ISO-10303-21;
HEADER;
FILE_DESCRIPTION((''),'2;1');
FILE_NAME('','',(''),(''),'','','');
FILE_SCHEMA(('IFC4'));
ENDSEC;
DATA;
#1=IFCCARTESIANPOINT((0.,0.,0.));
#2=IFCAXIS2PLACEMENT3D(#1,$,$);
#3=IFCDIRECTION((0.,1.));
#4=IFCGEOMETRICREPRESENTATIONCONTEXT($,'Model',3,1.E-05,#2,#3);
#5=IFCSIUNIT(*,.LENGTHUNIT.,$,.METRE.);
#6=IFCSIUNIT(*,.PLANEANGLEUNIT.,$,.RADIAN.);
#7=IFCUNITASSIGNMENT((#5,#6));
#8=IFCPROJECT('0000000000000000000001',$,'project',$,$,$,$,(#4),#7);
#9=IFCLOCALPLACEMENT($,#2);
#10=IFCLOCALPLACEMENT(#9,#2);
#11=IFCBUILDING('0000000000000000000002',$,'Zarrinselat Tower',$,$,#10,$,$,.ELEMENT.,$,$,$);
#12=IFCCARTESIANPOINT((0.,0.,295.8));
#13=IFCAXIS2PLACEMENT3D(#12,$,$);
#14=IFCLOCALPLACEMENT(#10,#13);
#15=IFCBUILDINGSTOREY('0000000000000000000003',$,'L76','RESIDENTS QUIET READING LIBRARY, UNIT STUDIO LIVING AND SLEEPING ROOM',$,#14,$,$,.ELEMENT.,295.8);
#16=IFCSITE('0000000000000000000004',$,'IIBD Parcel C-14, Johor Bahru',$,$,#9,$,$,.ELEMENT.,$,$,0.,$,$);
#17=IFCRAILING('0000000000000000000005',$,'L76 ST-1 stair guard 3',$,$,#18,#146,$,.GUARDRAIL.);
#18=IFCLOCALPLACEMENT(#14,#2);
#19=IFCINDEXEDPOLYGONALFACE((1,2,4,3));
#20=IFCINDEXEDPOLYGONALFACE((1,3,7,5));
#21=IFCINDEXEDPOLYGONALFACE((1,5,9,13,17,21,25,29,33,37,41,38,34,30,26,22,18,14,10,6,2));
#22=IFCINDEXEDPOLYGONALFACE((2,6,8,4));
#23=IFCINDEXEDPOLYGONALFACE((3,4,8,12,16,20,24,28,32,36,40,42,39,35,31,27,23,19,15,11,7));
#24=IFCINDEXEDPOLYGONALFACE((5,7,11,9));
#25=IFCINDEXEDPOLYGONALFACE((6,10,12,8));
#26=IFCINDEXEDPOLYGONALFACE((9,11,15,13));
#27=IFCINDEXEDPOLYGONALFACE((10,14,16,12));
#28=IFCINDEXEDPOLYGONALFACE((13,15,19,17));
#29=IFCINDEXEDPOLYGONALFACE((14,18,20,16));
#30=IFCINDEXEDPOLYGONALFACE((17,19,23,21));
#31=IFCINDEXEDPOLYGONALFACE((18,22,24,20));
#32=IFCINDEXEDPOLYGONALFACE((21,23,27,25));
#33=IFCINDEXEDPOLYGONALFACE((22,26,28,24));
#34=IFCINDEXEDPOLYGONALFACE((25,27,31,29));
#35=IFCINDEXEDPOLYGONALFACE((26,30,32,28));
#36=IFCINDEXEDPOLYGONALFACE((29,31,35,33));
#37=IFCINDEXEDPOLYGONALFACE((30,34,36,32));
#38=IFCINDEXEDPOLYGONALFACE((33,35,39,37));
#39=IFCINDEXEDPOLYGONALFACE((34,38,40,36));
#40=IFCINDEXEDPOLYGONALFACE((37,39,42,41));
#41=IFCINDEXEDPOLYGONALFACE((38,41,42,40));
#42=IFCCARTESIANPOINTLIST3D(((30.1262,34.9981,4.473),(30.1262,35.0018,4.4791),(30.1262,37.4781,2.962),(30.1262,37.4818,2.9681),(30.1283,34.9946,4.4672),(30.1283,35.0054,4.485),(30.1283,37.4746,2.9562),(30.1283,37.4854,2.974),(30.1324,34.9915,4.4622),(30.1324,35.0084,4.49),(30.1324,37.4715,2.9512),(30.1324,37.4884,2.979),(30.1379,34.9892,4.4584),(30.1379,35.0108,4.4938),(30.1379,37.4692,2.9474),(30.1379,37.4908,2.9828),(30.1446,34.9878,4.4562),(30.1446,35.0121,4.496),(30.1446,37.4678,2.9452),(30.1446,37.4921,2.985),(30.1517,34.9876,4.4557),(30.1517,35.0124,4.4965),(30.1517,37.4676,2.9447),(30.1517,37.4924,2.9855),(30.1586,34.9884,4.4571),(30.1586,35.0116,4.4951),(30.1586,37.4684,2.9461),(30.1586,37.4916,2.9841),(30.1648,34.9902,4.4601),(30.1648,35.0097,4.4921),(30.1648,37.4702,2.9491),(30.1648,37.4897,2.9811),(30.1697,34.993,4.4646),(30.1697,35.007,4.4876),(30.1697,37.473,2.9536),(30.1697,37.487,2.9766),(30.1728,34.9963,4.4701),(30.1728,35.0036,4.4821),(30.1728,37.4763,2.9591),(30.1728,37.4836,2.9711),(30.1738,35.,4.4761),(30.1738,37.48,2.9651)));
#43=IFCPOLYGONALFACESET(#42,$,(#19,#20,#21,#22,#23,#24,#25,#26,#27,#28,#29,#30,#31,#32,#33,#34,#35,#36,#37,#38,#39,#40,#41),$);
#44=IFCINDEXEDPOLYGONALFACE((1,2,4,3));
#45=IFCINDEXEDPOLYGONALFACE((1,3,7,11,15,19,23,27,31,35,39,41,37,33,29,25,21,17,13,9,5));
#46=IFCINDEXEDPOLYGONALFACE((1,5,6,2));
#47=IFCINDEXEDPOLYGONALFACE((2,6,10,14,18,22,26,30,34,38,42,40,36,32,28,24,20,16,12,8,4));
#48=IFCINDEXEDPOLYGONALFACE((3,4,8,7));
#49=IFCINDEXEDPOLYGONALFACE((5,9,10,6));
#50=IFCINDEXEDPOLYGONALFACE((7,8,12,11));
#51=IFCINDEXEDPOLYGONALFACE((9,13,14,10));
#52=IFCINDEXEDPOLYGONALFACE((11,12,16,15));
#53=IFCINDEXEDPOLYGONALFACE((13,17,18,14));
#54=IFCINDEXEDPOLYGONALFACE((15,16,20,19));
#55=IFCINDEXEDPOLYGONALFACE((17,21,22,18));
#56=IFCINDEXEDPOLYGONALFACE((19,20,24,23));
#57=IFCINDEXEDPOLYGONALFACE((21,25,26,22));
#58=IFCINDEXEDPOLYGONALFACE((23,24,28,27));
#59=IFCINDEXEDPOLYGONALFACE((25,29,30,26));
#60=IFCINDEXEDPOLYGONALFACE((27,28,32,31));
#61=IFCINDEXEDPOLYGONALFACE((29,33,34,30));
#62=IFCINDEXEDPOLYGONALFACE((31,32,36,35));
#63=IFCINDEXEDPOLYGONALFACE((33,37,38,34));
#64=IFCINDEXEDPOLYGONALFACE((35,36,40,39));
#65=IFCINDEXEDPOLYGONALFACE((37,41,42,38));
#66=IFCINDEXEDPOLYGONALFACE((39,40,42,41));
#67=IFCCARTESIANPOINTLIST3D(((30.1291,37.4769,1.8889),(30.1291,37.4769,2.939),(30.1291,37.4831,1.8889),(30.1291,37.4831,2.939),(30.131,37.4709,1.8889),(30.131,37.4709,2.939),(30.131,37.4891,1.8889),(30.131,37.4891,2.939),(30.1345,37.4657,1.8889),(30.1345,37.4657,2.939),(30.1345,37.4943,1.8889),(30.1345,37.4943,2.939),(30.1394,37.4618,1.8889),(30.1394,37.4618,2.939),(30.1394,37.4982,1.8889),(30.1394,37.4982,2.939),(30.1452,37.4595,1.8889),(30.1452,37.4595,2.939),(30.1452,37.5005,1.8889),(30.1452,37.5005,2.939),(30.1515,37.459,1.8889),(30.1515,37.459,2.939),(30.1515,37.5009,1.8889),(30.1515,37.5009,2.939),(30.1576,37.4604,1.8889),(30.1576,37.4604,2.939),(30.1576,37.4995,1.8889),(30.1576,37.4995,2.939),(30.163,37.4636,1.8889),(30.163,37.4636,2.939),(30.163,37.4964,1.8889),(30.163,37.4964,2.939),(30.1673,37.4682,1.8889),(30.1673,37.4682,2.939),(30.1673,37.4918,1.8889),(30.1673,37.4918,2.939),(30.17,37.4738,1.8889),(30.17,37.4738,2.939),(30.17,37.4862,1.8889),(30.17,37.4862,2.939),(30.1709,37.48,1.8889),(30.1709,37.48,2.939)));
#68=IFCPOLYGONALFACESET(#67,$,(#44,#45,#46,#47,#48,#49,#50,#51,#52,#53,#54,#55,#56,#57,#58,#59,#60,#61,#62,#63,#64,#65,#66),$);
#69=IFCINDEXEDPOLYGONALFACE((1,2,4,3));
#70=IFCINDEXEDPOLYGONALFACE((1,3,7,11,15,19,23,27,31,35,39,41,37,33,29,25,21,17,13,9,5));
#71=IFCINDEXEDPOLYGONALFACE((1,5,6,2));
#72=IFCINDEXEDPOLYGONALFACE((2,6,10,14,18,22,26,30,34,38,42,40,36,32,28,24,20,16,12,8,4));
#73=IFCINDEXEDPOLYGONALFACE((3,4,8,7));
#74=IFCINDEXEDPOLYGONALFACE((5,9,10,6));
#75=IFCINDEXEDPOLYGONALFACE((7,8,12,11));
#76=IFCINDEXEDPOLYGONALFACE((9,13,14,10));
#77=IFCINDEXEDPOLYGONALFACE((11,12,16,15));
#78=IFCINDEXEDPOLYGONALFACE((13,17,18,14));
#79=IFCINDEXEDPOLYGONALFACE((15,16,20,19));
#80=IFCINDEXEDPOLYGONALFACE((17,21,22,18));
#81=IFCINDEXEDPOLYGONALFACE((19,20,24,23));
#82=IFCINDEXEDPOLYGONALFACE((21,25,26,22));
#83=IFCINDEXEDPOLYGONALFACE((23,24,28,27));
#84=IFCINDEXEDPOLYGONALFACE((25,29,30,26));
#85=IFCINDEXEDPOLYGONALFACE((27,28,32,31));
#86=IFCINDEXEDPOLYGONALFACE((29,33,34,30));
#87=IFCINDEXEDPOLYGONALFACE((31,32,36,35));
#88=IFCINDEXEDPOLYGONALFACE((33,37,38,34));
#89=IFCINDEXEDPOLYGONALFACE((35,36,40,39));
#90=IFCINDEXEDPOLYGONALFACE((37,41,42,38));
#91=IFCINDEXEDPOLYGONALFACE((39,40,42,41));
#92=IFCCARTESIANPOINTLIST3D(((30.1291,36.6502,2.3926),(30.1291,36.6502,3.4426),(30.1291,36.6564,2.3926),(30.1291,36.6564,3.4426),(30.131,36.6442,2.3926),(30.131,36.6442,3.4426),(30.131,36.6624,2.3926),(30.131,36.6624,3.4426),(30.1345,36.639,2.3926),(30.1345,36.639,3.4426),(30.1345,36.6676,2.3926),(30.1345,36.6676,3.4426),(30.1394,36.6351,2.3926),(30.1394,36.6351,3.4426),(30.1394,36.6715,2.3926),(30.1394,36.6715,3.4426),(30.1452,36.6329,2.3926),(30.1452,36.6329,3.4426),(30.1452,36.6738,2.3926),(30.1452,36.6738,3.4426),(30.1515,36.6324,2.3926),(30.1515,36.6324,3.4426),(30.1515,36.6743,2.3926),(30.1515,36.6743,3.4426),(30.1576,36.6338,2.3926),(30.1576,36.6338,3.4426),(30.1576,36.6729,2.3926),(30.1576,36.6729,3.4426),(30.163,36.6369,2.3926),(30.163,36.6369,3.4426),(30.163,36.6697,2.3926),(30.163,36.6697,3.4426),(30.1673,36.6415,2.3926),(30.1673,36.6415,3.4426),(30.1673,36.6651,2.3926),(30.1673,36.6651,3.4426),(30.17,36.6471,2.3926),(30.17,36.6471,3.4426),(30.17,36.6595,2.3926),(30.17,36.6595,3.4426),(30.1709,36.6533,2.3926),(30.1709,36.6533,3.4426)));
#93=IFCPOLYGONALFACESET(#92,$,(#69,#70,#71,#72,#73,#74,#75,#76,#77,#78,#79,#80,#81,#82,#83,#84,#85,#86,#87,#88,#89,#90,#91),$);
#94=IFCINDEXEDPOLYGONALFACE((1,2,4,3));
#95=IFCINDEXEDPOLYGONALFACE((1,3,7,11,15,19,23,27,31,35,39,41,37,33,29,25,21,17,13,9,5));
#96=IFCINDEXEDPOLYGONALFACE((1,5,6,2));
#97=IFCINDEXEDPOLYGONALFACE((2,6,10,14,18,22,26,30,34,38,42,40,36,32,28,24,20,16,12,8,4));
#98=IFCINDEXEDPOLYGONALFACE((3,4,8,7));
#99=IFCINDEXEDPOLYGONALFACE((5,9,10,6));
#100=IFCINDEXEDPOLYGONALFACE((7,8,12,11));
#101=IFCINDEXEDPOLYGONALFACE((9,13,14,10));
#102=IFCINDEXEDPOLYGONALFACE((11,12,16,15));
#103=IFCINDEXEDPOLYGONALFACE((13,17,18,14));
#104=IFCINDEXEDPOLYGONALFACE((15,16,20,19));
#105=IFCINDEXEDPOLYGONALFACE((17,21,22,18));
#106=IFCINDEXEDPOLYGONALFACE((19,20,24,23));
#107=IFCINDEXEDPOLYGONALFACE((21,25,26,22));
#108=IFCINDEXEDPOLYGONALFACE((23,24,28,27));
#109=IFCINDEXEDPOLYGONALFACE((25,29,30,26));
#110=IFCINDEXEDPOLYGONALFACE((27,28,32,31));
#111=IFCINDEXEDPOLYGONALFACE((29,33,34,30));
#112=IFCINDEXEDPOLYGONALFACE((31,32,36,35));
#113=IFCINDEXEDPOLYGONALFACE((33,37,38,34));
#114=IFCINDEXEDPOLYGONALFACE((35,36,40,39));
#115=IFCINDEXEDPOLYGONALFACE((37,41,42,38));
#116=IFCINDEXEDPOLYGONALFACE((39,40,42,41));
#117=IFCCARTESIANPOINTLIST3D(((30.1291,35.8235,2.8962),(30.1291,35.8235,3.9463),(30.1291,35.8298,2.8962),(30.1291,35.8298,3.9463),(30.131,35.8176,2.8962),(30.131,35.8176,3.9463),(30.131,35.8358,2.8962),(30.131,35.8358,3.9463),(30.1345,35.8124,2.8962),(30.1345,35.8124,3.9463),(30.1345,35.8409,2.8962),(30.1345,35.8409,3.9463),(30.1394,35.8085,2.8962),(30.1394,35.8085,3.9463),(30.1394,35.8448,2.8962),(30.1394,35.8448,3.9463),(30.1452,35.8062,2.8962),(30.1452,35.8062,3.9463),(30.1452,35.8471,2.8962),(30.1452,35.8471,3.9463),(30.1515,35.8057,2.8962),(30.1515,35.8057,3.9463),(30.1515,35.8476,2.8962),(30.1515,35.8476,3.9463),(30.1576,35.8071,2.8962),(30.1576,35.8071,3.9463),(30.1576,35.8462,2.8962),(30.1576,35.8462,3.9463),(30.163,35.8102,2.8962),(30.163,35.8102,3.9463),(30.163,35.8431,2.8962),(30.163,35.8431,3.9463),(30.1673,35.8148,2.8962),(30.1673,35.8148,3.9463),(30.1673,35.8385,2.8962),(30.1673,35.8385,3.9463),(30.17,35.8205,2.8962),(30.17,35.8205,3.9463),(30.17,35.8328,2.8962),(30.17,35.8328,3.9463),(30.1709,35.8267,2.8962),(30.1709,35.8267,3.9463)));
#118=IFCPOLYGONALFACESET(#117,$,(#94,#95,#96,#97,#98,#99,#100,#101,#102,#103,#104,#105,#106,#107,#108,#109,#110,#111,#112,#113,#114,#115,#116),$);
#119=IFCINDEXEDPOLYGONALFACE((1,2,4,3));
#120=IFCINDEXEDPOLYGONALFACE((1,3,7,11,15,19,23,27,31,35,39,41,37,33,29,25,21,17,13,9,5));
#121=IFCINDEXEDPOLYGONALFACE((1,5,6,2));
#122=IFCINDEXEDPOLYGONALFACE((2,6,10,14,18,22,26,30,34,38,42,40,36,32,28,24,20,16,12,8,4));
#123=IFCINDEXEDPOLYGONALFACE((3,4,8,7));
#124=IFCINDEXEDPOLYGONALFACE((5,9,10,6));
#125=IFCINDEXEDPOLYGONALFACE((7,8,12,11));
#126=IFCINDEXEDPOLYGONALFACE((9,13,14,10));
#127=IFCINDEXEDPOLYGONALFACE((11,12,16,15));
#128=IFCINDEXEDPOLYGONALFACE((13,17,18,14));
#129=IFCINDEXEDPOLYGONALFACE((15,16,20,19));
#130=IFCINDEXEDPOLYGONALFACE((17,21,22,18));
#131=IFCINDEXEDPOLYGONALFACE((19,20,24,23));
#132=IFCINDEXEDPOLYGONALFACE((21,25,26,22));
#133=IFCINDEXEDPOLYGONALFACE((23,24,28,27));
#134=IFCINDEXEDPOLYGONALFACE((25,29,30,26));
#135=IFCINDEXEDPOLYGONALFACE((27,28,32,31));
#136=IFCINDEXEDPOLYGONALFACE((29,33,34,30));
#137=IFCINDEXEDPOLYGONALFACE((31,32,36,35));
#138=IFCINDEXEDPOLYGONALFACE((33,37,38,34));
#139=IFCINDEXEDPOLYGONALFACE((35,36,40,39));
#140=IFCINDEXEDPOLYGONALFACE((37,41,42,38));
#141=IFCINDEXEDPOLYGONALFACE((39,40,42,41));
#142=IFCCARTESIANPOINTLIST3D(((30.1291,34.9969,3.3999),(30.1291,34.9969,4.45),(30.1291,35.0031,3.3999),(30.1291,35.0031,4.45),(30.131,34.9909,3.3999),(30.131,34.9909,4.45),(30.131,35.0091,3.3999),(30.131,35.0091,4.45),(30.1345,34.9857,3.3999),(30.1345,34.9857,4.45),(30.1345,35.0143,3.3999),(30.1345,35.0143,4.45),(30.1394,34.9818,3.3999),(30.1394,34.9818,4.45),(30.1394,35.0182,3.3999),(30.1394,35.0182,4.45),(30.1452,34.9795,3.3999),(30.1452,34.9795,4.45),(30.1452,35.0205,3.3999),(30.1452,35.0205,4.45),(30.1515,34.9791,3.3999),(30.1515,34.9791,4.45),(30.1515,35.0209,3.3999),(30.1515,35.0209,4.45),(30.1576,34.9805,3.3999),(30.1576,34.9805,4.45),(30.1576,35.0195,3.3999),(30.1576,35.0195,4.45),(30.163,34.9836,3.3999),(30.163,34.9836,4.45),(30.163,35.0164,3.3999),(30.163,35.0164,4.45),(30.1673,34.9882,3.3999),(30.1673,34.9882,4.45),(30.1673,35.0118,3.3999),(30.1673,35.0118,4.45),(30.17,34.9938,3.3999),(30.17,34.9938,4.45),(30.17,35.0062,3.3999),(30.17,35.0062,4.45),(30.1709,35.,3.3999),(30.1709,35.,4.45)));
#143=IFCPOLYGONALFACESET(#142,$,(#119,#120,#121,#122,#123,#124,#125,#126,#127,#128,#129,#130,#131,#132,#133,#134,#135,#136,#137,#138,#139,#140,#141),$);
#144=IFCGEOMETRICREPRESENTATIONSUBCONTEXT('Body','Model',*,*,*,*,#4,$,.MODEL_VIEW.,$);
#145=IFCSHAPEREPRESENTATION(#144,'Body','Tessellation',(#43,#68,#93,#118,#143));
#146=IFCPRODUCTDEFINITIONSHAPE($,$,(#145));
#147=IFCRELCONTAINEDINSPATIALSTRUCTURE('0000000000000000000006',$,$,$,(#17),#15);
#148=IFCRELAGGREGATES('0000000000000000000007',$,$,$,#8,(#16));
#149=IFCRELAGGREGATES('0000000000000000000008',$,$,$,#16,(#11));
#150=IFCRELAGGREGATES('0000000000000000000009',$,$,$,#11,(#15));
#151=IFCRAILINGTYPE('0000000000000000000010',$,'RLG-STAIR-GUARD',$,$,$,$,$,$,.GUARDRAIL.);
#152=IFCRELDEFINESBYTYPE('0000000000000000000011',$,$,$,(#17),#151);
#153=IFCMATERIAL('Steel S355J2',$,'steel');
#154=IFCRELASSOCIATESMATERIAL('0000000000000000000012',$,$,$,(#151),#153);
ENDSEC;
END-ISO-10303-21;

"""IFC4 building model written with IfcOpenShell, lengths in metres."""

from ifc_helpers import new_model, si_unit, direction, frame, origin, origin_2d, place, context, subcontext, project, spatial, circle, extrude, material, type_object, element, save


model = new_model("IFC4")

# Units and contexts
model_context = context("Model", 3, precision=1e-05, world=origin(), true_north=direction((0.0, 1.0)))
body_context = subcontext(model_context, "Body", "Model", "MODEL_VIEW")
ifc_project = project(units=[si_unit("LENGTHUNIT", "METRE"), si_unit("PLANEANGLEUNIT", "RADIAN")], contexts=[model_context])

# Site, building, storey
site_placement = place(None, origin())
site = spatial("IfcSite", under=ifc_project, at=site_placement, Name="IIBD Parcel C-14, Johor Bahru", CompositionType="ELEMENT", RefElevation=0.0)
building_placement = place(site_placement, origin())
building = spatial("IfcBuilding", under=site, at=building_placement, Name="Zarrinselat Tower", CompositionType="ELEMENT")
storey_placement = place(building_placement, frame((0.0, 0.0, 295.8)))
storey = spatial("IfcBuildingStorey", under=building, at=storey_placement, Name="L76", Description="RESIDENTS QUIET READING LIBRARY, UNIT STUDIO LIVING AND SLEEPING ROOM", CompositionType="ELEMENT", Elevation=295.8)

# Railing
ifc_material_1 = material(Name="Steel S355J2", Category="steel")
railing_type_1 = type_object("IfcRailingType", Name="RLG-STAIR-GUARD", PredefinedType="GUARDRAIL", material=ifc_material_1)
railing_1_placement = place(storey_placement, frame((30.1499, 37.48, 1.8889)))
element("IfcRailing", 1, at=railing_1_placement, inside=storey, type_object=railing_type_1, Name="L76 ST-1 stair guard 3", PredefinedType="GUARDRAIL", context=body_context, shape_type="SweptSolid", body=[
    extrude(circle(Radius=0.0239, at=origin_2d()), frame((0.0, 0.0, 1.0762), z_axis=(0.0, -0.853979, 0.520307), x_axis=(1.0, 0.0, 0.0)), (0.0, 0.0, 1.0), 2.9041),
    extrude(circle(Radius=0.021, at=origin_2d()), origin(), (0.0, 0.0, 1.0), 1.05),
    extrude(circle(Radius=0.021, at=origin_2d()), frame((0.0, -0.8267, 0.5037)), (0.0, 0.0, 1.0), 1.05),
    extrude(circle(Radius=0.021, at=origin_2d()), frame((0.0, -1.6533, 1.0073)), (0.0, 0.0, 1.0), 1.05),
    extrude(circle(Radius=0.021, at=origin_2d()), frame((0.0, -2.48, 1.511)), (0.0, 0.0, 1.0), 1.05),
])

save(model, "model.ifc")
